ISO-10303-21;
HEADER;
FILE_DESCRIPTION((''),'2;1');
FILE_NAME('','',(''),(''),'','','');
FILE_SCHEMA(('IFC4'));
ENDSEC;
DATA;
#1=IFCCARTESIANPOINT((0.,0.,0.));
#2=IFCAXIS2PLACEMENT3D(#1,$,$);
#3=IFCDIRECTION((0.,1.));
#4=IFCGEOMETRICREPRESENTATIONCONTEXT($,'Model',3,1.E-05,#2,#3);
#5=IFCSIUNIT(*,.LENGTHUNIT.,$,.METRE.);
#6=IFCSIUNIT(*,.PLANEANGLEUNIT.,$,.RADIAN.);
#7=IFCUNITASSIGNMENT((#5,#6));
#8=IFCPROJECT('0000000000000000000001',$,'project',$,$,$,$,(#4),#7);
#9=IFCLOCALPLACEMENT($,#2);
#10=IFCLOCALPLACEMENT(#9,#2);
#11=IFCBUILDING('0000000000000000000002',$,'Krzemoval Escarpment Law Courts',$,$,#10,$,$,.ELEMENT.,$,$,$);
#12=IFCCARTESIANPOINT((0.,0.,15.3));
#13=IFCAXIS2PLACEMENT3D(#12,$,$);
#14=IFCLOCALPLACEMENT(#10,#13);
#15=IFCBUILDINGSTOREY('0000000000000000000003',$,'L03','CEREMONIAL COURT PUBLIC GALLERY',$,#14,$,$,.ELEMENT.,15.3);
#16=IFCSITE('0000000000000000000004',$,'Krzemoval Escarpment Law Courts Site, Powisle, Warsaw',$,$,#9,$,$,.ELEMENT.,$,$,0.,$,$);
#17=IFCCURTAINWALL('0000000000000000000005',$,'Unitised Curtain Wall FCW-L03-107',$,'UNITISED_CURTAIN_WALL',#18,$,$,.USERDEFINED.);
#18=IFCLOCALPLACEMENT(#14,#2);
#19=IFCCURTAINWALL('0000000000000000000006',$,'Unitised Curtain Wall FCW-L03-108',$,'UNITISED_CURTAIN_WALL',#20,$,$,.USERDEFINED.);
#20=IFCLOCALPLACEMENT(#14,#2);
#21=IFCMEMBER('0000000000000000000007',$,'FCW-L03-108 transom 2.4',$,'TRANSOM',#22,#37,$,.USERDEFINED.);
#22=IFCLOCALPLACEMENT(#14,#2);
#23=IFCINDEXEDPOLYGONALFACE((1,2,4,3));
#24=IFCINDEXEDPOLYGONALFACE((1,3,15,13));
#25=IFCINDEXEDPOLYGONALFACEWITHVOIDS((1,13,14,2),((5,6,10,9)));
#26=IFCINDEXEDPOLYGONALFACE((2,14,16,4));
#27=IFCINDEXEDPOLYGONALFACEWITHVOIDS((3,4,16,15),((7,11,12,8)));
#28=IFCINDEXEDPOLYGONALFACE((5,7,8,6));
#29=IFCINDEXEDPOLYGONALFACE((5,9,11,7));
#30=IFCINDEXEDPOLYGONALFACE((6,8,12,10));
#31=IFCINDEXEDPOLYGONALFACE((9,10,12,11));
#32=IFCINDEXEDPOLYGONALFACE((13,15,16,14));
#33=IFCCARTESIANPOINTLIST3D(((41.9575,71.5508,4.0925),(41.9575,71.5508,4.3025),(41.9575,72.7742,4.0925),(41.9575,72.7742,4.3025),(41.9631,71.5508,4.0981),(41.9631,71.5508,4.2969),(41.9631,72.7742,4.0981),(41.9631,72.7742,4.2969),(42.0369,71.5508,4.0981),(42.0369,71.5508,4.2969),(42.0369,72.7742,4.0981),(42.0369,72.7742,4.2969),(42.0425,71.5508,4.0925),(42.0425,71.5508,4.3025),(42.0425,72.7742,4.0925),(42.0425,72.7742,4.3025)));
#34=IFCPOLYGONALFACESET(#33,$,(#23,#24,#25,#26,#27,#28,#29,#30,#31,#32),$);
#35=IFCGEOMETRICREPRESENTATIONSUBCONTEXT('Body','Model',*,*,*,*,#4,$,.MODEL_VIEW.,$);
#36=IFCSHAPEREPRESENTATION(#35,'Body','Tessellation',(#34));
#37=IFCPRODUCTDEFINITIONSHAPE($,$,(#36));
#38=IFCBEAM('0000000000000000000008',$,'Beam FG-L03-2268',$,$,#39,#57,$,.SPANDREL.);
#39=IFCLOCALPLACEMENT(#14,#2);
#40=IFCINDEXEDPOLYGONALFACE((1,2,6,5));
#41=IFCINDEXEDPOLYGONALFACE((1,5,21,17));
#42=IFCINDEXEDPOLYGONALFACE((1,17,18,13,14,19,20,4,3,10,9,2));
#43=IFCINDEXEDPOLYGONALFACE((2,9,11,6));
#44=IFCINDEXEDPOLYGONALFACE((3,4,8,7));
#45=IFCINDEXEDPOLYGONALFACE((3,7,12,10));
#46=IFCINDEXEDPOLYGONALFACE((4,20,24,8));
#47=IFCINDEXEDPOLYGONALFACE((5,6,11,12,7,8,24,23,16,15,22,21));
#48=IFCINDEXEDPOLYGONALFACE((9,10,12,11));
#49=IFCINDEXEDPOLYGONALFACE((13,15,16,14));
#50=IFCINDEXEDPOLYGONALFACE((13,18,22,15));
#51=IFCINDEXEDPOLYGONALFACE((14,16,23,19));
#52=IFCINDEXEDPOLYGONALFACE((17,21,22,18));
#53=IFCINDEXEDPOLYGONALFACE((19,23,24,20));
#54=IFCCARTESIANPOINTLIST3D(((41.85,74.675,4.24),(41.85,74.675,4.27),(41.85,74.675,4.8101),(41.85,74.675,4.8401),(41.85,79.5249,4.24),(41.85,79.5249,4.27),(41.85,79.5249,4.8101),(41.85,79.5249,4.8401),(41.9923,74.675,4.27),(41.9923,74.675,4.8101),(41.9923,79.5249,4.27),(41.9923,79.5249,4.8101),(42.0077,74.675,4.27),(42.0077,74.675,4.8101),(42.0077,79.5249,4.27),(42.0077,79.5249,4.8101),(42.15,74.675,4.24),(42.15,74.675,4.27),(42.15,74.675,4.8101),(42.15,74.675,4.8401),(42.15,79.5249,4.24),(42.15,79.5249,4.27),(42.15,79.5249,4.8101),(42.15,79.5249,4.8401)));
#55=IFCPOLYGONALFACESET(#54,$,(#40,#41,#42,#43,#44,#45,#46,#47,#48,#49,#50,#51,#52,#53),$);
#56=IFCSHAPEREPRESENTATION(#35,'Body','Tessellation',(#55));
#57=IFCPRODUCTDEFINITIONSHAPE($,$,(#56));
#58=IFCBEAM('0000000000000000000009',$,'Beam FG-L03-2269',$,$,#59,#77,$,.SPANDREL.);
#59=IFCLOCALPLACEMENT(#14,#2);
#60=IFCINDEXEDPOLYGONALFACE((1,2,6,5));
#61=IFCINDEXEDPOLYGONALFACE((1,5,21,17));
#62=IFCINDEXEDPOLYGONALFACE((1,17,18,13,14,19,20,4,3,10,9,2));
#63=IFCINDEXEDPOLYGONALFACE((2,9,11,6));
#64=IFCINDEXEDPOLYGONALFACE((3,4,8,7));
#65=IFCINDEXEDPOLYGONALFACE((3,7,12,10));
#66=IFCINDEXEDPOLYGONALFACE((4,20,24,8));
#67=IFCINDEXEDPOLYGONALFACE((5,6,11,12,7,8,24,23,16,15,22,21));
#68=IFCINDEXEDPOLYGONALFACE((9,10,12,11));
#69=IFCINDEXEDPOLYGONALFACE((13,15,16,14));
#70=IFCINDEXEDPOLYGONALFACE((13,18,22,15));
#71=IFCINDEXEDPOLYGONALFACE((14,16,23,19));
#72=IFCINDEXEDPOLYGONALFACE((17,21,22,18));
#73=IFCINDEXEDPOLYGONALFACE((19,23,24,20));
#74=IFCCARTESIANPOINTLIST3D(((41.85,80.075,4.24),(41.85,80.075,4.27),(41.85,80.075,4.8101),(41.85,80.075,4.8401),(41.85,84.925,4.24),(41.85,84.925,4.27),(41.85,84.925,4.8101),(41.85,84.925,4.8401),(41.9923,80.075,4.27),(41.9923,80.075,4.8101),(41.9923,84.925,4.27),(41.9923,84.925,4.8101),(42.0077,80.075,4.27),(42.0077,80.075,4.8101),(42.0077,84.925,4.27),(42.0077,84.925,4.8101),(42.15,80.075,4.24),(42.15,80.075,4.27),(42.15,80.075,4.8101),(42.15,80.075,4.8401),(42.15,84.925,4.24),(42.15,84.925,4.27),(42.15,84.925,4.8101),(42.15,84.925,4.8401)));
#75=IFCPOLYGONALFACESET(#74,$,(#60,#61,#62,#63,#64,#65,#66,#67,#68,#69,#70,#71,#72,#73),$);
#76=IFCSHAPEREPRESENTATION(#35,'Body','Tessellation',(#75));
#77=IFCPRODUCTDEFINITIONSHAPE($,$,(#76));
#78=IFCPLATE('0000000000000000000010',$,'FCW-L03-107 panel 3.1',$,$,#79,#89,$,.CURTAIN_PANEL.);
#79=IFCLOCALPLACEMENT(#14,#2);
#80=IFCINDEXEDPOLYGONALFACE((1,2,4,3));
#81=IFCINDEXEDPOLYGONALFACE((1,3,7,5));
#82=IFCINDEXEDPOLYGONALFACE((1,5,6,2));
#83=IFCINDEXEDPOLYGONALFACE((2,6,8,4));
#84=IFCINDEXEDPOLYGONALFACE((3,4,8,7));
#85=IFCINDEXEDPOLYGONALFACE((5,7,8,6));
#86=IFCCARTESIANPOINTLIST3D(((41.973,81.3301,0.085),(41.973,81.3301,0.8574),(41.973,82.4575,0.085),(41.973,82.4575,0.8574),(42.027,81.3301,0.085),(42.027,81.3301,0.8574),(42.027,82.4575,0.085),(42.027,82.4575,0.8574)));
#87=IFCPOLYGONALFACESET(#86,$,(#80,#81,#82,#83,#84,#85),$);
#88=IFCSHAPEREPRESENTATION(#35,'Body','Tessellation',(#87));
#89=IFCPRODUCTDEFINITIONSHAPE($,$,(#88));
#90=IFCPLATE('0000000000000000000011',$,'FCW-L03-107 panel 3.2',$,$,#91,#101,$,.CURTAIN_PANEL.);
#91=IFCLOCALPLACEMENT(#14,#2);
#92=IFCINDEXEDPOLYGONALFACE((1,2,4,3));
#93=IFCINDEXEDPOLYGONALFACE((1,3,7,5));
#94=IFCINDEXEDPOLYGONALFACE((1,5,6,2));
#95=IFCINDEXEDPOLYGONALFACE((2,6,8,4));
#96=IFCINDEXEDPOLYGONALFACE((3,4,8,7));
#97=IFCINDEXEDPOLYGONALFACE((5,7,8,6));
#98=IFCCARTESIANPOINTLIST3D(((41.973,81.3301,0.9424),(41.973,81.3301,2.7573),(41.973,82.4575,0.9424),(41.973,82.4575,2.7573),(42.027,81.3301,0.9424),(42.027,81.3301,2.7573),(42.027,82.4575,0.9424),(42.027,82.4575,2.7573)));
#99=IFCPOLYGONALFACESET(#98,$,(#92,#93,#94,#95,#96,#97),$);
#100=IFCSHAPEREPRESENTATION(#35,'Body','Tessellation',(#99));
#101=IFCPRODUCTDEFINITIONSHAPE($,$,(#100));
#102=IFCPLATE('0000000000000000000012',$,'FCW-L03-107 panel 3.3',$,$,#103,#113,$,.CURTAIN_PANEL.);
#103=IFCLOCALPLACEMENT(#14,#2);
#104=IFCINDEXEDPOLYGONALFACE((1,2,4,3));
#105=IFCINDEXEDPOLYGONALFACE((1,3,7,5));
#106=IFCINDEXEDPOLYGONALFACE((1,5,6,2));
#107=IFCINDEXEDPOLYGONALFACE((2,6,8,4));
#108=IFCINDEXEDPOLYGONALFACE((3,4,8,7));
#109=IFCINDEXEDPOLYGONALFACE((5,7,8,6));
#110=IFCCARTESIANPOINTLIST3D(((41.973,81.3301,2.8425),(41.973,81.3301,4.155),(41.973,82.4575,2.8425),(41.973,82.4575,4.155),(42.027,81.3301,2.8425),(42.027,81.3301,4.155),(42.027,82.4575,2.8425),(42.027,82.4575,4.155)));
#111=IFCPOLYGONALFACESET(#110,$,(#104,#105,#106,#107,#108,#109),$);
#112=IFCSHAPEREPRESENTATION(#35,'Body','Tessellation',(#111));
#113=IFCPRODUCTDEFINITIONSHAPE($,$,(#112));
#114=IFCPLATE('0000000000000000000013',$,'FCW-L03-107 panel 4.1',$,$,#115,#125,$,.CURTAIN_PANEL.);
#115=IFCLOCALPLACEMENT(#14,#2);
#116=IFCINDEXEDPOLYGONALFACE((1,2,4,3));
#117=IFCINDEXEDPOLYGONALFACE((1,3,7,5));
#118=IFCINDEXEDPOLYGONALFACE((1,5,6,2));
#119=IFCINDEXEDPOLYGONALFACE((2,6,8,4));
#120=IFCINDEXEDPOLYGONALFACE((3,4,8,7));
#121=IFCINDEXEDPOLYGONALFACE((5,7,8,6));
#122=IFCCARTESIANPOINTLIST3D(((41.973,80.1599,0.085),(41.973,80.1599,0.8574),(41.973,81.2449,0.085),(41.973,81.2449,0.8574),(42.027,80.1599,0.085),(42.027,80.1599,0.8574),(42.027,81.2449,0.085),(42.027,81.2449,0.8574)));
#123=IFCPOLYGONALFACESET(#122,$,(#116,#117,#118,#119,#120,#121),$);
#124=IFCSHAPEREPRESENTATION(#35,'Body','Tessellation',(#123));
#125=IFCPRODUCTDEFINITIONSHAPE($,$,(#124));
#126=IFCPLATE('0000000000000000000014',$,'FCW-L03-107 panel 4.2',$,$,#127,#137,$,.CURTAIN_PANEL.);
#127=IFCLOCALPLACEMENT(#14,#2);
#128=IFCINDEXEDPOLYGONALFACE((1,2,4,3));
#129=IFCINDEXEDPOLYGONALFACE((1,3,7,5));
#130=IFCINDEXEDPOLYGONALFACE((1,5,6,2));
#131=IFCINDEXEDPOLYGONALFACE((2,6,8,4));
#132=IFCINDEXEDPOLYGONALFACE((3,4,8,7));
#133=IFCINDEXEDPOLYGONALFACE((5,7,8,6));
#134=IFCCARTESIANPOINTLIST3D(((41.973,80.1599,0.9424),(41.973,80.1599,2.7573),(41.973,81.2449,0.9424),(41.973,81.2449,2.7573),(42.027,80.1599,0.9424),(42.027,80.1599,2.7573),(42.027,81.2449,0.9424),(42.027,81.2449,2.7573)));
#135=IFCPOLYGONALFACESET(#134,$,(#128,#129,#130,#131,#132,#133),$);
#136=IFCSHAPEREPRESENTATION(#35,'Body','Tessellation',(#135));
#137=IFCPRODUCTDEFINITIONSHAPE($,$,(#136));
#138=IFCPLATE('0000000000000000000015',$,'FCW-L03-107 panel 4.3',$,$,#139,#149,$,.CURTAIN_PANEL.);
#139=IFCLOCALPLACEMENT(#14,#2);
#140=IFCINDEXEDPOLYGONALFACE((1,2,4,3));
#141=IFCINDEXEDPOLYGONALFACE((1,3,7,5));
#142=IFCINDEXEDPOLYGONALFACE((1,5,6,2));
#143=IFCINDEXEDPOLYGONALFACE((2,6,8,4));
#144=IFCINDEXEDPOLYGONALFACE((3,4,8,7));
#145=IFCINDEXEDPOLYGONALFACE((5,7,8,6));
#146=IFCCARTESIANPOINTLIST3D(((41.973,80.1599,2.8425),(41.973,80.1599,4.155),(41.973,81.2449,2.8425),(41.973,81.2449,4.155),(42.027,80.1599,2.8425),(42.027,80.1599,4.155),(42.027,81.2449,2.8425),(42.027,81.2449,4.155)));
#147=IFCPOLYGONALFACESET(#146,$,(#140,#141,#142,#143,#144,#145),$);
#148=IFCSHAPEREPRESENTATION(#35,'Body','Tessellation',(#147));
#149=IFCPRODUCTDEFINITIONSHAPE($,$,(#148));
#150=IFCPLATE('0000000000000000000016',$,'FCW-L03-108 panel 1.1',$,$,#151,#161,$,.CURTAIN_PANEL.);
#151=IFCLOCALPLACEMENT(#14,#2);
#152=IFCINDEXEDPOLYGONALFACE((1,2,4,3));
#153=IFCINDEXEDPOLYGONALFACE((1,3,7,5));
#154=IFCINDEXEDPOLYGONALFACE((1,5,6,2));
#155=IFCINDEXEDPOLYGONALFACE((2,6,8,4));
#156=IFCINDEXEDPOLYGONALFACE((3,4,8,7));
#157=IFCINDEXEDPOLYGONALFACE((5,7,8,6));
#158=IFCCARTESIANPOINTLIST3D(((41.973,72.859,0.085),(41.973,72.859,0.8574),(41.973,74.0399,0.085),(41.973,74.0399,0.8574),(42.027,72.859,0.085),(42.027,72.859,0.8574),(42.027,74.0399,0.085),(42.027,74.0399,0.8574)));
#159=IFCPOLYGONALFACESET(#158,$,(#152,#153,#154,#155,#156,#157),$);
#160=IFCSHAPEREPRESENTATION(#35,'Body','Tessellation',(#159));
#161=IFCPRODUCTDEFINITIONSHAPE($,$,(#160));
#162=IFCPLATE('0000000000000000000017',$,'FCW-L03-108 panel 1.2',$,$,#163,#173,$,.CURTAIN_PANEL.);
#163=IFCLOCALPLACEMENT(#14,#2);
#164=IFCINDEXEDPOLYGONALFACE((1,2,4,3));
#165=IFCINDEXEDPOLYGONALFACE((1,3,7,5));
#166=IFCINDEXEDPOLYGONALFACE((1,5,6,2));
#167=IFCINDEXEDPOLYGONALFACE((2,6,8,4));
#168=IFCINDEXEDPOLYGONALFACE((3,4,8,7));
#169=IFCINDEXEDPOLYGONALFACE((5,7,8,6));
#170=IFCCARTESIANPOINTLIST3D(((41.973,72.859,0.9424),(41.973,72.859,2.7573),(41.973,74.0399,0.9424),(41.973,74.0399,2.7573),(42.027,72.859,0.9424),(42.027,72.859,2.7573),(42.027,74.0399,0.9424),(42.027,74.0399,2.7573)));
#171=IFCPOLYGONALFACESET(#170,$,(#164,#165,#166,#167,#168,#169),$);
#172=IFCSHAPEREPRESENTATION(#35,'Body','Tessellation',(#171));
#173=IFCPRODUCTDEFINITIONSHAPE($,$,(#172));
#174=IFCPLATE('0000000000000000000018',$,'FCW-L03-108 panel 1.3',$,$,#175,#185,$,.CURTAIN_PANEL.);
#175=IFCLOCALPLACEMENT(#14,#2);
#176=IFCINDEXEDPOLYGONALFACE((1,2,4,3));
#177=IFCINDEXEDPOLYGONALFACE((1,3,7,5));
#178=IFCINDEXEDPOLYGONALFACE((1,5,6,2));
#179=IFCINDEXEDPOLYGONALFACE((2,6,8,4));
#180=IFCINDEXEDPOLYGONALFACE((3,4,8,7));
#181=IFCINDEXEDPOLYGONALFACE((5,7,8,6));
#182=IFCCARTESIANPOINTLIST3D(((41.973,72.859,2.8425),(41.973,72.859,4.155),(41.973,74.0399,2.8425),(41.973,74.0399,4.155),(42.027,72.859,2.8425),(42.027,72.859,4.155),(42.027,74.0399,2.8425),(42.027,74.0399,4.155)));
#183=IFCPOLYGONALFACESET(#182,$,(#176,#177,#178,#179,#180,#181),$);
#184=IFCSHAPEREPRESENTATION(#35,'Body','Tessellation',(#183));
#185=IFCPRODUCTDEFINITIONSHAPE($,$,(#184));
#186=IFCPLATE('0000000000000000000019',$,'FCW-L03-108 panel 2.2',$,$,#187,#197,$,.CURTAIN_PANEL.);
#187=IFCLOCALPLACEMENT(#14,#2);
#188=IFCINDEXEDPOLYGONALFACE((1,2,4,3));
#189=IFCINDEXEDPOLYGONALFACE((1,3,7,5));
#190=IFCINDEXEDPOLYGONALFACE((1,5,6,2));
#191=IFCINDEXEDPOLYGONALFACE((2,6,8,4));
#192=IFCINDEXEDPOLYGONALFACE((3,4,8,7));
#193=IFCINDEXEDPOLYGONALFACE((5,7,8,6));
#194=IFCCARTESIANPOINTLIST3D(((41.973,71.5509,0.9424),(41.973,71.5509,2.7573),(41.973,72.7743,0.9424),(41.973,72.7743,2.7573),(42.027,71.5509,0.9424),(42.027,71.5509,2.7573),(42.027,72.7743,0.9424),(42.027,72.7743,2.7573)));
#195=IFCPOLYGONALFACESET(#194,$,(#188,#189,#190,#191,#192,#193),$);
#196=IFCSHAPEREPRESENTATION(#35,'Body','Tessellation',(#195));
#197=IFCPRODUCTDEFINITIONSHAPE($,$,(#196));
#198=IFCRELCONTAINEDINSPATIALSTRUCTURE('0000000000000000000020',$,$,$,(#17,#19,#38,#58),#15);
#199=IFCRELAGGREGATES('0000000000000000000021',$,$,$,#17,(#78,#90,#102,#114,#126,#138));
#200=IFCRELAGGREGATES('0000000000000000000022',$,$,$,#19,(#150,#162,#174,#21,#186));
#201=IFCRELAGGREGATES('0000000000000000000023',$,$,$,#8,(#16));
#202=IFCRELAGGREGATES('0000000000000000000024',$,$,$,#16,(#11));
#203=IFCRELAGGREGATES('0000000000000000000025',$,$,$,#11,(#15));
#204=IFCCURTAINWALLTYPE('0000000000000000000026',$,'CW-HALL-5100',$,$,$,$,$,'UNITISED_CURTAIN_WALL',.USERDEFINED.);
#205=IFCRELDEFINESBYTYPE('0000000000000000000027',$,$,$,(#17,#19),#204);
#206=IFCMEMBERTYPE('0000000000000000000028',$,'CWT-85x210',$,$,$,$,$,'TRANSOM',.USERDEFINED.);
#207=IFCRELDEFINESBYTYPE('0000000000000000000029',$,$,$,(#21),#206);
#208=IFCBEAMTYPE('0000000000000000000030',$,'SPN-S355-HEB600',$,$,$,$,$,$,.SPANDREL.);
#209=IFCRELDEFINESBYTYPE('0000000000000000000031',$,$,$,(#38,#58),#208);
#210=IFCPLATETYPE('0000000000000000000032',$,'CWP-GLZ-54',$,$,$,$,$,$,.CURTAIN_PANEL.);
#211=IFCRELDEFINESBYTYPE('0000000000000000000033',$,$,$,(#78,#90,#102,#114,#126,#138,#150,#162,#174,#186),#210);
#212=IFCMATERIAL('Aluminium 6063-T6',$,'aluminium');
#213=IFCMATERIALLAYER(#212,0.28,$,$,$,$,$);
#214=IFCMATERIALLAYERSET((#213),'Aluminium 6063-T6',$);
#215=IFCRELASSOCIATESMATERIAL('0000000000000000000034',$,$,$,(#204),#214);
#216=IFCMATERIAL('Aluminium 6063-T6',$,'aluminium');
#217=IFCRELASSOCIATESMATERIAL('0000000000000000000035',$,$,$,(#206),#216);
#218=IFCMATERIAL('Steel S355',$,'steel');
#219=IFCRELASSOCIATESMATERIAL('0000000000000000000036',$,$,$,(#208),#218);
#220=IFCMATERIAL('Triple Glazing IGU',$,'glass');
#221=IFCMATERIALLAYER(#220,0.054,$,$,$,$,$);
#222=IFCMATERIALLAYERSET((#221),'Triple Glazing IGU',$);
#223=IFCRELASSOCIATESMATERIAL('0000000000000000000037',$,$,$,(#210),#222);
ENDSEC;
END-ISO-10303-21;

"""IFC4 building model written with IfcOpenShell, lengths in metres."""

from ifc_helpers import new_model, si_unit, direction, frame, origin, origin_2d, place, context, subcontext, project, spatial, rectangle, hollow_rectangle, i_section, extrude, material, layer, layer_set, material_profile, profile_set, type_object, element, aggregate, save


model = new_model("IFC4")

# Units and contexts
model_context = context("Model", 3, precision=1e-05, world=origin(), true_north=direction((0.0, 1.0)))
body_context = subcontext(model_context, "Body", "Model", "MODEL_VIEW")
ifc_project = project(units=[si_unit("LENGTHUNIT", "METRE"), si_unit("PLANEANGLEUNIT", "RADIAN")], contexts=[model_context])

# Site, building, storey
site_placement = place(None, origin())
site = spatial("IfcSite", under=ifc_project, at=site_placement, Name="Krzemoval Escarpment Law Courts Site, Powisle, Warsaw", CompositionType="ELEMENT", RefElevation=0.0)
building_placement = place(site_placement, origin())
building = spatial("IfcBuilding", under=site, at=building_placement, Name="Krzemoval Escarpment Law Courts", CompositionType="ELEMENT")
storey_placement = place(building_placement, frame((0.0, 0.0, 15.3)))
storey = spatial("IfcBuildingStorey", under=building, at=storey_placement, Name="L03", Description="CEREMONIAL COURT PUBLIC GALLERY", CompositionType="ELEMENT", Elevation=15.3)

# Curtain walls
ifc_material_1 = material(Name="Aluminium 6063-T6", Category="aluminium")
ifc_layer_1 = layer(ifc_material_1, 0.28)
ifc_layer_set_1 = layer_set([ifc_layer_1], Name="Aluminium 6063-T6")
curtain_wall_type = type_object("IfcCurtainWallType", Name="CW-HALL-5100", ElementType="UNITISED_CURTAIN_WALL", PredefinedType="USERDEFINED", material=ifc_layer_set_1)
curtain_wall_1_placement = place(storey_placement, origin())
curtain_wall_1 = element("IfcCurtainWall", 1, at=curtain_wall_1_placement, inside=storey, type_object=curtain_wall_type, Name="Unitised Curtain Wall FCW-L03-107", ObjectType="UNITISED_CURTAIN_WALL", PredefinedType="USERDEFINED")
curtain_wall_2_placement = place(storey_placement, origin())
curtain_wall_2 = element("IfcCurtainWall", 2, at=curtain_wall_2_placement, inside=storey, type_object=curtain_wall_type, Name="Unitised Curtain Wall FCW-L03-108", ObjectType="UNITISED_CURTAIN_WALL", PredefinedType="USERDEFINED")

# Member
ifc_material_2 = material(Name="Aluminium 6063-T6", Category="aluminium")
ifc_material_profile_1 = material_profile(ifc_material_2, hollow_rectangle(XDim=0.085, YDim=0.21, WallThickness=0.0056, at=origin_2d()), Name="ALU T85x210")
ifc_profile_set_1 = profile_set([ifc_material_profile_1], Name="Aluminium 6063-T6")
member_type_1 = type_object("IfcMemberType", Name="CWT-85x210", ElementType="TRANSOM", PredefinedType="USERDEFINED", material=ifc_profile_set_1)
member_1_placement = place(storey_placement, frame((42.0, 72.7742, 4.1975), z_axis=(0.0, -1.0, 0.0), x_axis=(1.0, 0.0, 0.0)))
member_1 = element("IfcMember", 3, at=member_1_placement, type_object=member_type_1, Name="FCW-L03-108 transom 2.4", ObjectType="TRANSOM", PredefinedType="USERDEFINED", context=body_context, shape_type="SweptSolid", body=[
    extrude(hollow_rectangle(XDim=0.085, YDim=0.21, WallThickness=0.0056, at=origin_2d()), origin(), (0.0, 0.0, 1.0), 1.2234),
])

# Beams
ifc_material_3 = material(Name="Steel S355", Category="steel")
ifc_material_profile_2 = material_profile(ifc_material_3, i_section(OverallWidth=0.3, OverallDepth=0.6001, WebThickness=0.0154, FlangeThickness=0.03, at=origin_2d()), Name="HEB 600")
ifc_profile_set_2 = profile_set([ifc_material_profile_2], Name="Steel S355")
beam_type = type_object("IfcBeamType", Name="SPN-S355-HEB600", PredefinedType="SPANDREL", material=ifc_profile_set_2)
beam_1_placement = place(storey_placement, frame((42.0, 74.675, 4.54), z_axis=(0.0, 1.0, 0.0), x_axis=(-1.0, 0.0, 0.0)))
element("IfcBeam", 4, at=beam_1_placement, inside=storey, type_object=beam_type, Name="Beam FG-L03-2268", PredefinedType="SPANDREL", context=body_context, shape_type="SweptSolid", body=[
    extrude(i_section(OverallWidth=0.3, OverallDepth=0.6001, WebThickness=0.0154, FlangeThickness=0.03, at=origin_2d()), origin(), (0.0, 0.0, 1.0), 4.8499),
])
beam_2_placement = place(storey_placement, frame((42.0, 80.075, 4.54), z_axis=(0.0, 1.0, 0.0), x_axis=(-1.0, 0.0, 0.0)))
element("IfcBeam", 5, at=beam_2_placement, inside=storey, type_object=beam_type, Name="Beam FG-L03-2269", PredefinedType="SPANDREL", context=body_context, shape_type="SweptSolid", body=[
    extrude(i_section(OverallWidth=0.3, OverallDepth=0.6001, WebThickness=0.0154, FlangeThickness=0.03, at=origin_2d()), origin(), (0.0, 0.0, 1.0), 4.8501),
])

# Plates
ifc_material_4 = material(Name="Triple Glazing IGU", Category="glass")
ifc_layer_2 = layer(ifc_material_4, 0.054)
ifc_layer_set_2 = layer_set([ifc_layer_2], Name="Triple Glazing IGU")
plate_type = type_object("IfcPlateType", Name="CWP-GLZ-54", PredefinedType="CURTAIN_PANEL", material=ifc_layer_set_2)
plate_1_placement = place(storey_placement, frame((42.0, 81.8938, 0.085), z_axis=(0.0, 0.0, 1.0), x_axis=(0.0, -1.0, 0.0)))
plate_1 = element("IfcPlate", 6, at=plate_1_placement, type_object=plate_type, Name="FCW-L03-107 panel 3.1", PredefinedType="CURTAIN_PANEL", context=body_context, shape_type="SweptSolid", body=[
    extrude(rectangle(XDim=1.1274, YDim=0.054, at=origin_2d()), origin(), (0.0, 0.0, 1.0), 0.7725),
])
plate_2_placement = place(storey_placement, frame((42.0, 81.8938, 0.9424), z_axis=(0.0, 0.0, 1.0), x_axis=(0.0, -1.0, 0.0)))
plate_2 = element("IfcPlate", 7, at=plate_2_placement, type_object=plate_type, Name="FCW-L03-107 panel 3.2", PredefinedType="CURTAIN_PANEL", context=body_context, shape_type="SweptSolid", body=[
    extrude(rectangle(XDim=1.1274, YDim=0.054, at=origin_2d()), origin(), (0.0, 0.0, 1.0), 1.8149),
])
plate_3_placement = place(storey_placement, frame((42.0, 81.8938, 2.8425), z_axis=(0.0, 0.0, 1.0), x_axis=(0.0, -1.0, 0.0)))
plate_3 = element("IfcPlate", 8, at=plate_3_placement, type_object=plate_type, Name="FCW-L03-107 panel 3.3", PredefinedType="CURTAIN_PANEL", context=body_context, shape_type="SweptSolid", body=[
    extrude(rectangle(XDim=1.1274, YDim=0.054, at=origin_2d()), origin(), (0.0, 0.0, 1.0), 1.3125),
])
plate_4_placement = place(storey_placement, frame((42.0, 80.7024, 0.085), z_axis=(0.0, 0.0, 1.0), x_axis=(0.0, -1.0, 0.0)))
plate_4 = element("IfcPlate", 9, at=plate_4_placement, type_object=plate_type, Name="FCW-L03-107 panel 4.1", PredefinedType="CURTAIN_PANEL", context=body_context, shape_type="SweptSolid", body=[
    extrude(rectangle(XDim=1.085, YDim=0.054, at=origin_2d()), origin(), (0.0, 0.0, 1.0), 0.7725),
])
plate_5_placement = place(storey_placement, frame((42.0, 80.7024, 0.9424), z_axis=(0.0, 0.0, 1.0), x_axis=(0.0, -1.0, 0.0)))
plate_5 = element("IfcPlate", 10, at=plate_5_placement, type_object=plate_type, Name="FCW-L03-107 panel 4.2", PredefinedType="CURTAIN_PANEL", context=body_context, shape_type="SweptSolid", body=[
    extrude(rectangle(XDim=1.085, YDim=0.054, at=origin_2d()), origin(), (0.0, 0.0, 1.0), 1.8149),
])
plate_6_placement = place(storey_placement, frame((42.0, 80.7024, 2.8425), z_axis=(0.0, 0.0, 1.0), x_axis=(0.0, -1.0, 0.0)))
plate_6 = element("IfcPlate", 11, at=plate_6_placement, type_object=plate_type, Name="FCW-L03-107 panel 4.3", PredefinedType="CURTAIN_PANEL", context=body_context, shape_type="SweptSolid", body=[
    extrude(rectangle(XDim=1.085, YDim=0.054, at=origin_2d()), origin(), (0.0, 0.0, 1.0), 1.3125),
])
aggregate(curtain_wall_1, [plate_1, plate_2, plate_3, plate_4, plate_5, plate_6])
plate_7_placement = place(storey_placement, frame((42.0, 73.4495, 0.085), z_axis=(0.0, 0.0, 1.0), x_axis=(0.0, -1.0, 0.0)))
plate_7 = element("IfcPlate", 12, at=plate_7_placement, type_object=plate_type, Name="FCW-L03-108 panel 1.1", PredefinedType="CURTAIN_PANEL", context=body_context, shape_type="SweptSolid", body=[
    extrude(rectangle(XDim=1.1809, YDim=0.054, at=origin_2d()), origin(), (0.0, 0.0, 1.0), 0.7725),
])
plate_8_placement = place(storey_placement, frame((42.0, 73.4495, 0.9424), z_axis=(0.0, 0.0, 1.0), x_axis=(0.0, -1.0, 0.0)))
plate_8 = element("IfcPlate", 13, at=plate_8_placement, type_object=plate_type, Name="FCW-L03-108 panel 1.2", PredefinedType="CURTAIN_PANEL", context=body_context, shape_type="SweptSolid", body=[
    extrude(rectangle(XDim=1.1809, YDim=0.054, at=origin_2d()), origin(), (0.0, 0.0, 1.0), 1.8149),
])
plate_9_placement = place(storey_placement, frame((42.0, 73.4495, 2.8425), z_axis=(0.0, 0.0, 1.0), x_axis=(0.0, -1.0, 0.0)))
plate_9 = element("IfcPlate", 14, at=plate_9_placement, type_object=plate_type, Name="FCW-L03-108 panel 1.3", PredefinedType="CURTAIN_PANEL", context=body_context, shape_type="SweptSolid", body=[
    extrude(rectangle(XDim=1.1809, YDim=0.054, at=origin_2d()), origin(), (0.0, 0.0, 1.0), 1.3125),
])
plate_10_placement = place(storey_placement, frame((42.0, 72.1626, 0.9424), z_axis=(0.0, 0.0, 1.0), x_axis=(0.0, -1.0, 0.0)))
plate_10 = element("IfcPlate", 15, at=plate_10_placement, type_object=plate_type, Name="FCW-L03-108 panel 2.2", PredefinedType="CURTAIN_PANEL", context=body_context, shape_type="SweptSolid", body=[
    extrude(rectangle(XDim=1.2234, YDim=0.054, at=origin_2d()), origin(), (0.0, 0.0, 1.0), 1.8149),
])
aggregate(curtain_wall_2, [plate_7, plate_8, plate_9, member_1, plate_10])

save(model, "model.ifc")
